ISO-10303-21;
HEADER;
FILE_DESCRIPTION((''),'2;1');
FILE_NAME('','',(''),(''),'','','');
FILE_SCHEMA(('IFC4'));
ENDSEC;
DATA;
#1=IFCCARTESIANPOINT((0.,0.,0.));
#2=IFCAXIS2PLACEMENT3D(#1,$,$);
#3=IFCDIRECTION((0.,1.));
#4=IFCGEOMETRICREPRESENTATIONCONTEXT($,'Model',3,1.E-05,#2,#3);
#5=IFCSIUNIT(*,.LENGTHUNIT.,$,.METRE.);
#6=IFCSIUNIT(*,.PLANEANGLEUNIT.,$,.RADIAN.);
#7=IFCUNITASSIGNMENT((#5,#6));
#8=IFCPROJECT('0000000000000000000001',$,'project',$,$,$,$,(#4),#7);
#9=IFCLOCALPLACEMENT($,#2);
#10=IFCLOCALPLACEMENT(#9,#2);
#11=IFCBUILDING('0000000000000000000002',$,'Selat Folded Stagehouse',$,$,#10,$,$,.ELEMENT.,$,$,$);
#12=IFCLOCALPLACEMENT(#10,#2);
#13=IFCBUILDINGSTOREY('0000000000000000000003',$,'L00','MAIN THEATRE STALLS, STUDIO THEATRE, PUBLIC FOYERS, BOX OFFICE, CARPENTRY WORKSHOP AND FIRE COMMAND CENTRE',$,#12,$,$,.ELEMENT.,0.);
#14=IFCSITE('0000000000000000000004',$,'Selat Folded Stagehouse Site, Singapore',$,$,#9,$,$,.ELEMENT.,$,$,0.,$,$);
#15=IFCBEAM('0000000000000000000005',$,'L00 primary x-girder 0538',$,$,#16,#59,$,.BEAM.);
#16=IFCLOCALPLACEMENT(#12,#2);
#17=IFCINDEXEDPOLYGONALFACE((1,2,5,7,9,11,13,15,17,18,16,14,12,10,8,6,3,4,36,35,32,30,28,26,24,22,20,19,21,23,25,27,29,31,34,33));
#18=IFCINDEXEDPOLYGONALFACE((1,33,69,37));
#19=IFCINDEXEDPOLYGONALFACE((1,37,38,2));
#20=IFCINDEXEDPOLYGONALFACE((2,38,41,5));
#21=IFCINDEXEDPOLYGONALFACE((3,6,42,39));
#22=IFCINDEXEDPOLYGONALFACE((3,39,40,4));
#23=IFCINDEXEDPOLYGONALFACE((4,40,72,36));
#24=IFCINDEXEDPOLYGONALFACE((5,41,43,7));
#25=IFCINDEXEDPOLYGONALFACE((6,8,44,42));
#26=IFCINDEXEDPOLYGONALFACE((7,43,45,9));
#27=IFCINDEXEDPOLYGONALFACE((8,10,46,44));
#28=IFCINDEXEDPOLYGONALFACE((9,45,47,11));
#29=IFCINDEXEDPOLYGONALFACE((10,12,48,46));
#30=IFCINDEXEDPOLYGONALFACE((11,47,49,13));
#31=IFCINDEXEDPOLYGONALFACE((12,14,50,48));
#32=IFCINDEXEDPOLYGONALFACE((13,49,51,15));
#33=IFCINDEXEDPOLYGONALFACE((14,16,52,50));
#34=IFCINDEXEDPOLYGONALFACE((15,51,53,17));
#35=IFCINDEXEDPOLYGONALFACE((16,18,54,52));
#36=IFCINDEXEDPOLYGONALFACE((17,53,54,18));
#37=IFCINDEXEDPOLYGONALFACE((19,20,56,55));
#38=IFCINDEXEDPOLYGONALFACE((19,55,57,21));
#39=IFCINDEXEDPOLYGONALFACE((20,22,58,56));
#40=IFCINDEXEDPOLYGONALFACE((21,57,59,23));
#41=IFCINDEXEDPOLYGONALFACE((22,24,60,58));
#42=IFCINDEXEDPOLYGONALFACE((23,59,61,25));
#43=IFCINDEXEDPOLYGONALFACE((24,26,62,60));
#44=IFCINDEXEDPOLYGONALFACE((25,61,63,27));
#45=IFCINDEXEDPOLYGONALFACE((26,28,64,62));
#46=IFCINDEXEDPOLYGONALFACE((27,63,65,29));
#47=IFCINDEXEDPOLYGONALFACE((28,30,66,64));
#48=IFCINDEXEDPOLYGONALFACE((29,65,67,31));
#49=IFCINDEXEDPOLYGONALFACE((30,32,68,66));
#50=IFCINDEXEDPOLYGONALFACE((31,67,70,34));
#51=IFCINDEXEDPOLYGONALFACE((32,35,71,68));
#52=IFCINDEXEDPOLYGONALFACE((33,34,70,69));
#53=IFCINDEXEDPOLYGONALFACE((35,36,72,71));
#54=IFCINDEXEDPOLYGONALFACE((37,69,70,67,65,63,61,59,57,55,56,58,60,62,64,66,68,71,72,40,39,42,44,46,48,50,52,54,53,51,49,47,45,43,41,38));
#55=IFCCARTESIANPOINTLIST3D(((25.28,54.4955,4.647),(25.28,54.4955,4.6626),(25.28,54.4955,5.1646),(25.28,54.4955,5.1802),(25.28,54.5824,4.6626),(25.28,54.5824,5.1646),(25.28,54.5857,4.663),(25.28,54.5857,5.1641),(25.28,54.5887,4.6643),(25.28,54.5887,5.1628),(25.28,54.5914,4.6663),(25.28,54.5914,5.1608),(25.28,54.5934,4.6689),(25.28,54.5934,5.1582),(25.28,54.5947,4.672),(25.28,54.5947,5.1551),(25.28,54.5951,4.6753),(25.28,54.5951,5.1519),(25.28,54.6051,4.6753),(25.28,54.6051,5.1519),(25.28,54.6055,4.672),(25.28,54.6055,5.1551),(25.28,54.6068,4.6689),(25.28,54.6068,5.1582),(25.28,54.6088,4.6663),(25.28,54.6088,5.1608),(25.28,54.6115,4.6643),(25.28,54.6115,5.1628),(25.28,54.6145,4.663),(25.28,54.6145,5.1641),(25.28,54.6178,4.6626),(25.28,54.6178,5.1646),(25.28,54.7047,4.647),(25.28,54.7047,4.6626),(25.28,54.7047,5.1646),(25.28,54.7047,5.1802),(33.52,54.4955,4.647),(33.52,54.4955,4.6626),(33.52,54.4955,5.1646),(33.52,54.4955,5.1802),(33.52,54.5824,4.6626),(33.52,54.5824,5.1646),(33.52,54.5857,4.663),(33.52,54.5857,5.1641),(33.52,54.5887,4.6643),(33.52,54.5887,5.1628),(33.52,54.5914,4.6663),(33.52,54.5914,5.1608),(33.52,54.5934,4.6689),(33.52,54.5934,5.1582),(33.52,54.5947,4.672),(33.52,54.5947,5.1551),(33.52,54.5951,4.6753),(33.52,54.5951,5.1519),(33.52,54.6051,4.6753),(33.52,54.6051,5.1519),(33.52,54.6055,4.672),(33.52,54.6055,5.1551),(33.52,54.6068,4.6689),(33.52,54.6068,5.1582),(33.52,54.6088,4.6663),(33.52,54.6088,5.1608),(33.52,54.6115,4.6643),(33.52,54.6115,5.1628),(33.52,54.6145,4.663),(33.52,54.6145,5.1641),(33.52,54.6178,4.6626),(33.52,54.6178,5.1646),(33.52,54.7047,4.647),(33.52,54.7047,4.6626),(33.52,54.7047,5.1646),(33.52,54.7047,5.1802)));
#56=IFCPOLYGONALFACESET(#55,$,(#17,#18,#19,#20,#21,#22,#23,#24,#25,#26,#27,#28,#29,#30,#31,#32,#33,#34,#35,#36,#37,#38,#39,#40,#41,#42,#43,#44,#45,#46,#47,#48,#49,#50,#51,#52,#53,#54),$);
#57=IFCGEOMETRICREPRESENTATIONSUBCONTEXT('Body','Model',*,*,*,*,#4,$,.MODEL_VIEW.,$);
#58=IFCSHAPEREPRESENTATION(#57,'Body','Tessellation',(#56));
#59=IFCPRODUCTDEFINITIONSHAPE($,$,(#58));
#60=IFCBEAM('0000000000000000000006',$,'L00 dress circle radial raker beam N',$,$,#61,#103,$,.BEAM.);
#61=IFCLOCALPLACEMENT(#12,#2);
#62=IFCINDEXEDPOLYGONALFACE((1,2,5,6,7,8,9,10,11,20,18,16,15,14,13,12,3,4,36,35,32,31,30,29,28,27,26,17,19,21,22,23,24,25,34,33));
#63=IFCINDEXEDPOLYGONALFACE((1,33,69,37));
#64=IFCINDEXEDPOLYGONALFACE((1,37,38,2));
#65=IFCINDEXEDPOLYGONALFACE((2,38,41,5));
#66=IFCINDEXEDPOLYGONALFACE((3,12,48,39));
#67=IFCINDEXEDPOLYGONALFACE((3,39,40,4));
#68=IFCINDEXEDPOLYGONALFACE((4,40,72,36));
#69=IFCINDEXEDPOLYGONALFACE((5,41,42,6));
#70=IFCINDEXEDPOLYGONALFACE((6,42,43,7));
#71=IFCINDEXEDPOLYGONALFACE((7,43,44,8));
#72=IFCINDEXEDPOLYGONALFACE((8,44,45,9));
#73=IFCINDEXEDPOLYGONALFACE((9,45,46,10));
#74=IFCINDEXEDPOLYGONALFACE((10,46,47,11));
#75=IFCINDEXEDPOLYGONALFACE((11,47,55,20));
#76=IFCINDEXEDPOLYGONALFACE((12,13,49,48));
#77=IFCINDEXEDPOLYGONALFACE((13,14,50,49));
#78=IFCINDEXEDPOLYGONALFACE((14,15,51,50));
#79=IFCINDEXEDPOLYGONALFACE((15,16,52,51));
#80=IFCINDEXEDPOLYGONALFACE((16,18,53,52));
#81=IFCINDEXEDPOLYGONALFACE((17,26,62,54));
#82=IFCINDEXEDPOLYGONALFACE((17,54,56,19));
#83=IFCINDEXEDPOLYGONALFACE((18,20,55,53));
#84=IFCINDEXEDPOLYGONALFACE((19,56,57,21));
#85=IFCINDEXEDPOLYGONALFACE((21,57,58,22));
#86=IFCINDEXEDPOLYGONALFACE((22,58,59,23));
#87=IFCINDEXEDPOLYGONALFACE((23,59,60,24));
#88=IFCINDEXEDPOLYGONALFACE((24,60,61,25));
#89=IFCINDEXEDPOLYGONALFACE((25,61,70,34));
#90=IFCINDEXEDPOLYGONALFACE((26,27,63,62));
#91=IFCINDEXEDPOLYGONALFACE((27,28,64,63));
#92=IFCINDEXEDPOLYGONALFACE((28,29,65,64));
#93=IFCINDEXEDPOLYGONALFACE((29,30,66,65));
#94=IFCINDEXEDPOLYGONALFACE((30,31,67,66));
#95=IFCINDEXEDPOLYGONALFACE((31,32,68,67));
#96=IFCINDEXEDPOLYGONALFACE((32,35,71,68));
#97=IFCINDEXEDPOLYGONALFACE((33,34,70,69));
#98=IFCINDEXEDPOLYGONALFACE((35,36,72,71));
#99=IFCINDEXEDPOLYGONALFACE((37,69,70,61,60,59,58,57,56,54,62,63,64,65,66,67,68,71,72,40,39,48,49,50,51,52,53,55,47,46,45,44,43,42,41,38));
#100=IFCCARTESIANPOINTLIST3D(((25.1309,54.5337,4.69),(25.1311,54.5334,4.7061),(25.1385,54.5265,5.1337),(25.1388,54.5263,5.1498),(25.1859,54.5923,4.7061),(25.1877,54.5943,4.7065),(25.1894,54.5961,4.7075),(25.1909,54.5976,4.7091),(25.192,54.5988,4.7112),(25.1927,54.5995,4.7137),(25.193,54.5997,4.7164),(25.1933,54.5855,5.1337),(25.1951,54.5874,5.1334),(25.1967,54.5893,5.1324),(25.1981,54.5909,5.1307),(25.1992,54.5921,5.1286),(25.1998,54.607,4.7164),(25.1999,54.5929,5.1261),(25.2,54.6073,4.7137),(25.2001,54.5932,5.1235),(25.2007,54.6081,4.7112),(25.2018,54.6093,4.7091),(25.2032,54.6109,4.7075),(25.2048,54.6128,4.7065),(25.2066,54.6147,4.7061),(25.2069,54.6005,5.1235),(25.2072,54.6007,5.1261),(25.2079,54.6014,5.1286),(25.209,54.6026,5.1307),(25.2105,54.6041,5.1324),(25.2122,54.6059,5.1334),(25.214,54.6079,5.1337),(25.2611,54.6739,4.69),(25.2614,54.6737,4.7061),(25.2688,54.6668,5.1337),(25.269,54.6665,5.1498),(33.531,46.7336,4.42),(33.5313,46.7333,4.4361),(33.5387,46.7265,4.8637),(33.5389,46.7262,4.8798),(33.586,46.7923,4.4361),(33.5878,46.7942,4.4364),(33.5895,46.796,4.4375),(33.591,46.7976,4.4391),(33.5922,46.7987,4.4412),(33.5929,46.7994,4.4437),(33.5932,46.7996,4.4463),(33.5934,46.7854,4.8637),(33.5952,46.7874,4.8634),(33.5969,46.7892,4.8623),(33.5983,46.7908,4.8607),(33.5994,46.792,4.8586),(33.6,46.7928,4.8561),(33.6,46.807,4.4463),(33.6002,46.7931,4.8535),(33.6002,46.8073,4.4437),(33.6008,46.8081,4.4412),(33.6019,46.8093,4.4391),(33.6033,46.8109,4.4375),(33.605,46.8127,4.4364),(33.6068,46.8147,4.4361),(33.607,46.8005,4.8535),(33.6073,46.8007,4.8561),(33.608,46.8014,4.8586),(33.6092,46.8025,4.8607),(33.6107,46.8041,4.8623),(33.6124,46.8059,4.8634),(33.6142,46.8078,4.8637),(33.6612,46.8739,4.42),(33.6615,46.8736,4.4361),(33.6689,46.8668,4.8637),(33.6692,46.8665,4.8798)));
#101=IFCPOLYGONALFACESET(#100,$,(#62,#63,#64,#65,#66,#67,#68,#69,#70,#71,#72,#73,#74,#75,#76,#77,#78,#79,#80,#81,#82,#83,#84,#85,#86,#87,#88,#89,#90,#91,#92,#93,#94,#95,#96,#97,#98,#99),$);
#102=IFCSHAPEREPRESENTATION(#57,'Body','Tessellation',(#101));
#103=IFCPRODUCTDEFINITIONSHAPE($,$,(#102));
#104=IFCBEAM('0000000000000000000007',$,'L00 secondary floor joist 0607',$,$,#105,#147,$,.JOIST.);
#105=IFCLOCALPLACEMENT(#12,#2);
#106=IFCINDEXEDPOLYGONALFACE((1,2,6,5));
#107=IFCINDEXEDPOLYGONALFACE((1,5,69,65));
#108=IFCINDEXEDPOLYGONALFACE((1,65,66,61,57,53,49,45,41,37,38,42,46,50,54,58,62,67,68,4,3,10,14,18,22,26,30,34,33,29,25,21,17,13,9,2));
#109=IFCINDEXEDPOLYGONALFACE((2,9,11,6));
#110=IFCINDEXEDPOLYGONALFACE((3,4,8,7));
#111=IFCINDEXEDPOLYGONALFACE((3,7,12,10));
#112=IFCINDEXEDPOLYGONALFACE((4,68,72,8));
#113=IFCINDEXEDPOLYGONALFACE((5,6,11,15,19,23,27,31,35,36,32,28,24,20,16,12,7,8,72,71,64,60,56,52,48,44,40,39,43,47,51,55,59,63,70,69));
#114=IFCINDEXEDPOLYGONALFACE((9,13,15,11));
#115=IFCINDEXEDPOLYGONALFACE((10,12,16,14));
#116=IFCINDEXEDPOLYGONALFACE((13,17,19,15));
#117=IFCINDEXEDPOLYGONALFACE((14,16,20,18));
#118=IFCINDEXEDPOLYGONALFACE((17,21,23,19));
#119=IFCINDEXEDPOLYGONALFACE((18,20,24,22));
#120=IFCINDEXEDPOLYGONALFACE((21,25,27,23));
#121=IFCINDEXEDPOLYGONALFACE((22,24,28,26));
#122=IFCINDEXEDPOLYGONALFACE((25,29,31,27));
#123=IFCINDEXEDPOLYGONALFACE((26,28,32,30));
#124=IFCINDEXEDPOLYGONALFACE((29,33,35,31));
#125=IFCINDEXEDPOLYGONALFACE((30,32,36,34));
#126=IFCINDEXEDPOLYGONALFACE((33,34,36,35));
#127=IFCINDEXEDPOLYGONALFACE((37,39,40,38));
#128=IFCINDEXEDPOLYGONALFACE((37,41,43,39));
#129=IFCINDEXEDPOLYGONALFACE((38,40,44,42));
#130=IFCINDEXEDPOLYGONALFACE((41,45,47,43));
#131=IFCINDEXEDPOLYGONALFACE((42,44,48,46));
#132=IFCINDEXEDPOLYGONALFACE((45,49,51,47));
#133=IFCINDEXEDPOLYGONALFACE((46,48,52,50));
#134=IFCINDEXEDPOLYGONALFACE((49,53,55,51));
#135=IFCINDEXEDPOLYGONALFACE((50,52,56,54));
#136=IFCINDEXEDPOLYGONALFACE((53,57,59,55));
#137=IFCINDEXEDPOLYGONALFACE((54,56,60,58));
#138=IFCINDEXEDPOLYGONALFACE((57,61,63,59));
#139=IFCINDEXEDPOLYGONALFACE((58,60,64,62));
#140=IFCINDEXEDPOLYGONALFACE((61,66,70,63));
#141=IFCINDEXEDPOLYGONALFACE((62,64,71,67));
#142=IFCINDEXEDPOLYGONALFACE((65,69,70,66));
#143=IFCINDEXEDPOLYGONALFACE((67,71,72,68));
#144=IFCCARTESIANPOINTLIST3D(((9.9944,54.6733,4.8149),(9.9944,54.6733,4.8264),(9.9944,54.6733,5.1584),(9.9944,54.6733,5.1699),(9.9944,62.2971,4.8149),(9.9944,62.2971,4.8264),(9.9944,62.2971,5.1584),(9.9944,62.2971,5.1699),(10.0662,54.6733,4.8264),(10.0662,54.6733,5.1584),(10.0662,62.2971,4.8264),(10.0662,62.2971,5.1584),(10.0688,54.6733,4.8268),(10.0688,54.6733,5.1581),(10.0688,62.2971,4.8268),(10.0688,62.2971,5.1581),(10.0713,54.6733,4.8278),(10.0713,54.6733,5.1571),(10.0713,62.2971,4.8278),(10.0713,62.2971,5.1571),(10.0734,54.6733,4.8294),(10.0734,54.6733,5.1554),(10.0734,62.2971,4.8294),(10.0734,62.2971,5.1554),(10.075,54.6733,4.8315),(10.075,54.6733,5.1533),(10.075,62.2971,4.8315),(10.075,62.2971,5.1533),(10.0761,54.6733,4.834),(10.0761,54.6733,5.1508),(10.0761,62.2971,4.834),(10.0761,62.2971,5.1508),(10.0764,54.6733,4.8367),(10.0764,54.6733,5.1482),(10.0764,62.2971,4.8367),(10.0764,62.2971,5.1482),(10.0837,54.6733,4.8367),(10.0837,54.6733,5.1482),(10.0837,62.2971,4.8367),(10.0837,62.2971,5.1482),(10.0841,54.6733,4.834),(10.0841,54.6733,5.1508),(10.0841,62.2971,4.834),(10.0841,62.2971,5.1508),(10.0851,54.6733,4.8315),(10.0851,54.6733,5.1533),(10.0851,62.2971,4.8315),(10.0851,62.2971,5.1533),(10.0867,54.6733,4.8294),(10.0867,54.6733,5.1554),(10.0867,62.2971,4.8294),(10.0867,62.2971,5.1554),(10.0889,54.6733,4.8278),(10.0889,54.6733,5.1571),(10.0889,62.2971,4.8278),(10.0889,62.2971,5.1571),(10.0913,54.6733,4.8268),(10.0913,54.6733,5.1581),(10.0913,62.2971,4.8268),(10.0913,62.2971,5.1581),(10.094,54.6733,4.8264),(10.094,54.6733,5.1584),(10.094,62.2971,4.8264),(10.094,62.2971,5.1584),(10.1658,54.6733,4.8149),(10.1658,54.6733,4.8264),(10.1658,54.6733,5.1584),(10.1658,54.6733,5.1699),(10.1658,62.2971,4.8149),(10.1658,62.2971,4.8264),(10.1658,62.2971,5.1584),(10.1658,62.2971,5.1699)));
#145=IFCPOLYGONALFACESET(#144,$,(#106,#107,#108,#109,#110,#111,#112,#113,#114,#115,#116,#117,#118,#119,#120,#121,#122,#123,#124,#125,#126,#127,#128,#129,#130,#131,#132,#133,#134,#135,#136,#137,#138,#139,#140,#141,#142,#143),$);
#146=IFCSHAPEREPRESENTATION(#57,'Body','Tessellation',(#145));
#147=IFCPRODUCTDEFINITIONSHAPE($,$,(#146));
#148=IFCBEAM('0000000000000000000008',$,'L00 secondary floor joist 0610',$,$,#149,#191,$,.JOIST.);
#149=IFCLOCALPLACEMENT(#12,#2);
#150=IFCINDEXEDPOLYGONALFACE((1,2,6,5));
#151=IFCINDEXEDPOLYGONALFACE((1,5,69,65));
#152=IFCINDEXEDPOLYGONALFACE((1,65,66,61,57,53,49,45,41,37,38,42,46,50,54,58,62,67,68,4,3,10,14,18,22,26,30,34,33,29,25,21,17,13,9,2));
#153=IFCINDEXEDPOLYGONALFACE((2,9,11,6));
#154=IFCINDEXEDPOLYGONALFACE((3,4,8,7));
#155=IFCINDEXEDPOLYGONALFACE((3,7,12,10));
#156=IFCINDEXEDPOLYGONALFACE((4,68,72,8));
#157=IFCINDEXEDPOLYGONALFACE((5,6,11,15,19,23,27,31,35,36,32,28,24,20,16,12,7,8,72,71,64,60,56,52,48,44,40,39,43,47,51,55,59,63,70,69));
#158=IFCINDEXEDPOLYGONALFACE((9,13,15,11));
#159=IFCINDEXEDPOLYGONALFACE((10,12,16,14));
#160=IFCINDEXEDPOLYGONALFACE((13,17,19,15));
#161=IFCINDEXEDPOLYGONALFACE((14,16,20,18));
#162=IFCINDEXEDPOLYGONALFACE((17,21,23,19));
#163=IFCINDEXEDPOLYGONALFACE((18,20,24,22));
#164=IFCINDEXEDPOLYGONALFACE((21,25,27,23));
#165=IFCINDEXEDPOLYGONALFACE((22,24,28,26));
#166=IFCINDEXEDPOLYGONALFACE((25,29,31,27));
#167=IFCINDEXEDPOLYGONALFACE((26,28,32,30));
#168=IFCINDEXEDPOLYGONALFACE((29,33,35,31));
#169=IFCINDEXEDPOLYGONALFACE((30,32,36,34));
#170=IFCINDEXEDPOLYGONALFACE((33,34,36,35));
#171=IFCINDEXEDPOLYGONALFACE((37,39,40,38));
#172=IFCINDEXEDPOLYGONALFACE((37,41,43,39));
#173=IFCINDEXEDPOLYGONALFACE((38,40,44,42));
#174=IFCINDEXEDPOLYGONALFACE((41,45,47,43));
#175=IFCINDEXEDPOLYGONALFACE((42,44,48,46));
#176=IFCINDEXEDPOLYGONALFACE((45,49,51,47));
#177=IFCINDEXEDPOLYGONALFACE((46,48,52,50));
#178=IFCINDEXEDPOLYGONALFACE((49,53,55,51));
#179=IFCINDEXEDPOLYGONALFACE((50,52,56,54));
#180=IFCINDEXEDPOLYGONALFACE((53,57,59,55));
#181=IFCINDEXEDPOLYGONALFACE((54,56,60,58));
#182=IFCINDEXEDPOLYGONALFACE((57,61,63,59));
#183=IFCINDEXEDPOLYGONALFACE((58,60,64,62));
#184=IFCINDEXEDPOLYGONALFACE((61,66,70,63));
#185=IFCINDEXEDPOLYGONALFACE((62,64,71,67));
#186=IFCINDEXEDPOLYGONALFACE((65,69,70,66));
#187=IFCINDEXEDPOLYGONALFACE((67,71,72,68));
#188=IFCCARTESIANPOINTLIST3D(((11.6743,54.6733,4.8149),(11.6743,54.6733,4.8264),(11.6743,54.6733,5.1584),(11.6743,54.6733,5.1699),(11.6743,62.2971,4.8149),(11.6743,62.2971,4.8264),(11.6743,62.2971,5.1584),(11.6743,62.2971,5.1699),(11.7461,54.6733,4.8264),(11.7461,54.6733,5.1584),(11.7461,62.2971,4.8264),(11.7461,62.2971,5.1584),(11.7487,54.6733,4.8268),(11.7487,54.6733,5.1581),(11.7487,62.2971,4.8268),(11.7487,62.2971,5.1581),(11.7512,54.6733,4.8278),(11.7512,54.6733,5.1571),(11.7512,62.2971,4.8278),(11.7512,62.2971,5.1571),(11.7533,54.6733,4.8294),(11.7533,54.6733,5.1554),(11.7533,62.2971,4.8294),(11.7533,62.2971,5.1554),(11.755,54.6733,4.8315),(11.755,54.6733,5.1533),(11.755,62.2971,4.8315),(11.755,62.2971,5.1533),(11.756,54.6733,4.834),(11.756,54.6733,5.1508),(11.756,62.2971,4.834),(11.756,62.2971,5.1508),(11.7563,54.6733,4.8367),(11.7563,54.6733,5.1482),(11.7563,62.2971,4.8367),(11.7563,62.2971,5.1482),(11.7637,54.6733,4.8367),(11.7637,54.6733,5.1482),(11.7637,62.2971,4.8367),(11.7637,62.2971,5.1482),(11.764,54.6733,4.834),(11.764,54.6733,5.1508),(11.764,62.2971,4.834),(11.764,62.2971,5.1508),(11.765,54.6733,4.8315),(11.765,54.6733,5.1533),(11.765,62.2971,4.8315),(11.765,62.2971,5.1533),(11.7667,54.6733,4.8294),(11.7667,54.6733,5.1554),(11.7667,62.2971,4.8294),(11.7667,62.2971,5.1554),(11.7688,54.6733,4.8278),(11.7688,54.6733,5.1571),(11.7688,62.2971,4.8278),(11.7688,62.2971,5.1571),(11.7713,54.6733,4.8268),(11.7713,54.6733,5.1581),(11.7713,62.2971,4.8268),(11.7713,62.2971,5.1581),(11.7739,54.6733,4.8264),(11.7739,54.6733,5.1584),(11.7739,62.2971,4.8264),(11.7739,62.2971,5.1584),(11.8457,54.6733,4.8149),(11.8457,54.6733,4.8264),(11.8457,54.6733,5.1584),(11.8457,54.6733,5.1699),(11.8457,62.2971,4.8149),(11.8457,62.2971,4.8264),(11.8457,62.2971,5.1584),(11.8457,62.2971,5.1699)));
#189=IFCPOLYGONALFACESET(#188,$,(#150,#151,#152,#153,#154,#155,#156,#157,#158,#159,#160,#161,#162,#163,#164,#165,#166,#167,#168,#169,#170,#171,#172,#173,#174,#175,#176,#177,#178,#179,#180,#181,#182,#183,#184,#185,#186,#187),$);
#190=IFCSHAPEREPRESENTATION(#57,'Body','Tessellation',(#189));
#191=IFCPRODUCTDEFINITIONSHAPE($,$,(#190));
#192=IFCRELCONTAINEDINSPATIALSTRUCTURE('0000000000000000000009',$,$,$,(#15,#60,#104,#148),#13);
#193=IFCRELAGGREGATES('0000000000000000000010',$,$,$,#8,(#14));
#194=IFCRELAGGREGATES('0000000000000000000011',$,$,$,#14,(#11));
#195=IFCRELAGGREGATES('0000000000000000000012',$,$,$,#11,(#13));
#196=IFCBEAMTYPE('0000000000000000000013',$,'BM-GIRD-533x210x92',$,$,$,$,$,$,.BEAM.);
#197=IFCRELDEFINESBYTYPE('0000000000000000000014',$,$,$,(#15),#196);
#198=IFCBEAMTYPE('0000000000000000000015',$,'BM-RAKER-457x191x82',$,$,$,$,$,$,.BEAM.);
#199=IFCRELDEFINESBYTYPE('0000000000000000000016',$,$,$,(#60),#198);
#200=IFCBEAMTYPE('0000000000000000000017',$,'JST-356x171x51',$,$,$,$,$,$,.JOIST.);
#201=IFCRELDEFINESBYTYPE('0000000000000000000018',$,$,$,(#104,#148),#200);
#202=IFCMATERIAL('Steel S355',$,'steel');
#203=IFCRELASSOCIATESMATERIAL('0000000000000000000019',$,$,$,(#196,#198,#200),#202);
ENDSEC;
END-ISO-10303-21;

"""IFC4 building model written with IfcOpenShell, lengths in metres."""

from ifc_helpers import new_model, si_unit, direction, frame, origin, origin_2d, place, context, subcontext, project, spatial, i_section, extrude, material, material_profile, profile_set, type_object, element, save


model = new_model("IFC4")

# Units and contexts
model_context = context("Model", 3, precision=1e-05, world=origin(), true_north=direction((0.0, 1.0)))
body_context = subcontext(model_context, "Body", "Model", "MODEL_VIEW")
ifc_project = project(units=[si_unit("LENGTHUNIT", "METRE"), si_unit("PLANEANGLEUNIT", "RADIAN")], contexts=[model_context])

# Site, building, storey
site_placement = place(None, origin())
site = spatial("IfcSite", under=ifc_project, at=site_placement, Name="Selat Folded Stagehouse Site, Singapore", CompositionType="ELEMENT", RefElevation=0.0)
building_placement = place(site_placement, origin())
building = spatial("IfcBuilding", under=site, at=building_placement, Name="Selat Folded Stagehouse", CompositionType="ELEMENT")
storey_placement = place(building_placement, origin())
storey = spatial("IfcBuildingStorey", under=building, at=storey_placement, Name="L00", Description="MAIN THEATRE STALLS, STUDIO THEATRE, PUBLIC FOYERS, BOX OFFICE, CARPENTRY WORKSHOP AND FIRE COMMAND CENTRE", CompositionType="ELEMENT", Elevation=0.0)

# Shared definitions
ifc_material_1 = material(Name="Steel S355", Category="steel")

# Beams
ifc_material_profile_1 = material_profile(ifc_material_1, i_section(OverallWidth=0.2092, OverallDepth=0.5332, WebThickness=0.01, FlangeThickness=0.0156, FilletRadius=0.0127, at=origin_2d()), Name="UKB 533x210x92")
ifc_profile_set_1 = profile_set([ifc_material_profile_1], Name="Steel S355")
beam_type_1 = type_object("IfcBeamType", Name="BM-GIRD-533x210x92", PredefinedType="BEAM", material=ifc_profile_set_1)
beam_1_placement = place(storey_placement, frame((25.28, 54.6001, 4.9136), z_axis=(1.0, 0.0, 0.0), x_axis=(0.0, 1.0, 0.0)))
element("IfcBeam", 1, at=beam_1_placement, inside=storey, type_object=beam_type_1, Name="L00 primary x-girder 0538", PredefinedType="BEAM", context=body_context, shape_type="SweptSolid", body=[
    extrude(i_section(OverallWidth=0.2092, OverallDepth=0.5332, WebThickness=0.01, FlangeThickness=0.0156, FilletRadius=0.0127, at=origin_2d()), origin(), (0.0, 0.0, 1.0), 8.24),
])
ifc_material_profile_2 = material_profile(ifc_material_1, i_section(OverallWidth=0.1914, OverallDepth=0.46, WebThickness=0.01, FlangeThickness=0.0161, FilletRadius=0.0103, at=origin_2d()), Name="UKB 457x191x82")
ifc_profile_set_2 = profile_set([ifc_material_profile_2], Name="Steel S355")
beam_type_2 = type_object("IfcBeamType", Name="BM-RAKER-457x191x82", PredefinedType="BEAM", material=ifc_profile_set_2)
beam_2_placement = place(storey_placement, frame((33.6001, 46.8, 4.6499), z_axis=(-0.732594, 0.680258, 0.023549), x_axis=(-0.680447, -0.732797, 0.0)))
element("IfcBeam", 2, at=beam_2_placement, inside=storey, type_object=beam_type_2, Name="L00 dress circle radial raker beam N", PredefinedType="BEAM", context=body_context, shape_type="SweptSolid", body=[
    extrude(i_section(OverallWidth=0.1914, OverallDepth=0.46, WebThickness=0.01, FlangeThickness=0.0161, FilletRadius=0.0103, at=origin_2d()), origin(), (0.0, 0.0, 1.0), 11.4663),
])
ifc_material_profile_3 = material_profile(ifc_material_1, i_section(OverallWidth=0.1714, OverallDepth=0.355, WebThickness=0.0073, FlangeThickness=0.0115, FilletRadius=0.0103, at=origin_2d()), Name="UKB 356x171x51")
ifc_profile_set_3 = profile_set([ifc_material_profile_3], Name="Steel S355")
beam_type_3 = type_object("IfcBeamType", Name="JST-356x171x51", PredefinedType="JOIST", material=ifc_profile_set_3)
for number, where, z_axis, x_axis, name in (
    (3, (10.0801, 54.6733, 4.9924), (0.0, 1.0, 0.0), (-1.0, 0.0, 0.0), "L00 secondary floor joist 0607"),
    (4, (11.76, 54.6733, 4.9924), (0.0, 1.0, 0.0), (-1.0, 0.0, 0.0), "L00 secondary floor joist 0610"),
):
    element("IfcBeam", number, at=place(storey_placement, frame(where, z_axis=z_axis, x_axis=x_axis)), inside=storey, type_object=beam_type_3, Name=name, PredefinedType="JOIST", context=body_context, shape_type="SweptSolid", body=[
        extrude(i_section(OverallWidth=0.1714, OverallDepth=0.355, WebThickness=0.0073, FlangeThickness=0.0115, FilletRadius=0.0103, at=origin_2d()), origin(), (0.0, 0.0, 1.0), 7.6238),
    ])

save(model, "model.ifc")
